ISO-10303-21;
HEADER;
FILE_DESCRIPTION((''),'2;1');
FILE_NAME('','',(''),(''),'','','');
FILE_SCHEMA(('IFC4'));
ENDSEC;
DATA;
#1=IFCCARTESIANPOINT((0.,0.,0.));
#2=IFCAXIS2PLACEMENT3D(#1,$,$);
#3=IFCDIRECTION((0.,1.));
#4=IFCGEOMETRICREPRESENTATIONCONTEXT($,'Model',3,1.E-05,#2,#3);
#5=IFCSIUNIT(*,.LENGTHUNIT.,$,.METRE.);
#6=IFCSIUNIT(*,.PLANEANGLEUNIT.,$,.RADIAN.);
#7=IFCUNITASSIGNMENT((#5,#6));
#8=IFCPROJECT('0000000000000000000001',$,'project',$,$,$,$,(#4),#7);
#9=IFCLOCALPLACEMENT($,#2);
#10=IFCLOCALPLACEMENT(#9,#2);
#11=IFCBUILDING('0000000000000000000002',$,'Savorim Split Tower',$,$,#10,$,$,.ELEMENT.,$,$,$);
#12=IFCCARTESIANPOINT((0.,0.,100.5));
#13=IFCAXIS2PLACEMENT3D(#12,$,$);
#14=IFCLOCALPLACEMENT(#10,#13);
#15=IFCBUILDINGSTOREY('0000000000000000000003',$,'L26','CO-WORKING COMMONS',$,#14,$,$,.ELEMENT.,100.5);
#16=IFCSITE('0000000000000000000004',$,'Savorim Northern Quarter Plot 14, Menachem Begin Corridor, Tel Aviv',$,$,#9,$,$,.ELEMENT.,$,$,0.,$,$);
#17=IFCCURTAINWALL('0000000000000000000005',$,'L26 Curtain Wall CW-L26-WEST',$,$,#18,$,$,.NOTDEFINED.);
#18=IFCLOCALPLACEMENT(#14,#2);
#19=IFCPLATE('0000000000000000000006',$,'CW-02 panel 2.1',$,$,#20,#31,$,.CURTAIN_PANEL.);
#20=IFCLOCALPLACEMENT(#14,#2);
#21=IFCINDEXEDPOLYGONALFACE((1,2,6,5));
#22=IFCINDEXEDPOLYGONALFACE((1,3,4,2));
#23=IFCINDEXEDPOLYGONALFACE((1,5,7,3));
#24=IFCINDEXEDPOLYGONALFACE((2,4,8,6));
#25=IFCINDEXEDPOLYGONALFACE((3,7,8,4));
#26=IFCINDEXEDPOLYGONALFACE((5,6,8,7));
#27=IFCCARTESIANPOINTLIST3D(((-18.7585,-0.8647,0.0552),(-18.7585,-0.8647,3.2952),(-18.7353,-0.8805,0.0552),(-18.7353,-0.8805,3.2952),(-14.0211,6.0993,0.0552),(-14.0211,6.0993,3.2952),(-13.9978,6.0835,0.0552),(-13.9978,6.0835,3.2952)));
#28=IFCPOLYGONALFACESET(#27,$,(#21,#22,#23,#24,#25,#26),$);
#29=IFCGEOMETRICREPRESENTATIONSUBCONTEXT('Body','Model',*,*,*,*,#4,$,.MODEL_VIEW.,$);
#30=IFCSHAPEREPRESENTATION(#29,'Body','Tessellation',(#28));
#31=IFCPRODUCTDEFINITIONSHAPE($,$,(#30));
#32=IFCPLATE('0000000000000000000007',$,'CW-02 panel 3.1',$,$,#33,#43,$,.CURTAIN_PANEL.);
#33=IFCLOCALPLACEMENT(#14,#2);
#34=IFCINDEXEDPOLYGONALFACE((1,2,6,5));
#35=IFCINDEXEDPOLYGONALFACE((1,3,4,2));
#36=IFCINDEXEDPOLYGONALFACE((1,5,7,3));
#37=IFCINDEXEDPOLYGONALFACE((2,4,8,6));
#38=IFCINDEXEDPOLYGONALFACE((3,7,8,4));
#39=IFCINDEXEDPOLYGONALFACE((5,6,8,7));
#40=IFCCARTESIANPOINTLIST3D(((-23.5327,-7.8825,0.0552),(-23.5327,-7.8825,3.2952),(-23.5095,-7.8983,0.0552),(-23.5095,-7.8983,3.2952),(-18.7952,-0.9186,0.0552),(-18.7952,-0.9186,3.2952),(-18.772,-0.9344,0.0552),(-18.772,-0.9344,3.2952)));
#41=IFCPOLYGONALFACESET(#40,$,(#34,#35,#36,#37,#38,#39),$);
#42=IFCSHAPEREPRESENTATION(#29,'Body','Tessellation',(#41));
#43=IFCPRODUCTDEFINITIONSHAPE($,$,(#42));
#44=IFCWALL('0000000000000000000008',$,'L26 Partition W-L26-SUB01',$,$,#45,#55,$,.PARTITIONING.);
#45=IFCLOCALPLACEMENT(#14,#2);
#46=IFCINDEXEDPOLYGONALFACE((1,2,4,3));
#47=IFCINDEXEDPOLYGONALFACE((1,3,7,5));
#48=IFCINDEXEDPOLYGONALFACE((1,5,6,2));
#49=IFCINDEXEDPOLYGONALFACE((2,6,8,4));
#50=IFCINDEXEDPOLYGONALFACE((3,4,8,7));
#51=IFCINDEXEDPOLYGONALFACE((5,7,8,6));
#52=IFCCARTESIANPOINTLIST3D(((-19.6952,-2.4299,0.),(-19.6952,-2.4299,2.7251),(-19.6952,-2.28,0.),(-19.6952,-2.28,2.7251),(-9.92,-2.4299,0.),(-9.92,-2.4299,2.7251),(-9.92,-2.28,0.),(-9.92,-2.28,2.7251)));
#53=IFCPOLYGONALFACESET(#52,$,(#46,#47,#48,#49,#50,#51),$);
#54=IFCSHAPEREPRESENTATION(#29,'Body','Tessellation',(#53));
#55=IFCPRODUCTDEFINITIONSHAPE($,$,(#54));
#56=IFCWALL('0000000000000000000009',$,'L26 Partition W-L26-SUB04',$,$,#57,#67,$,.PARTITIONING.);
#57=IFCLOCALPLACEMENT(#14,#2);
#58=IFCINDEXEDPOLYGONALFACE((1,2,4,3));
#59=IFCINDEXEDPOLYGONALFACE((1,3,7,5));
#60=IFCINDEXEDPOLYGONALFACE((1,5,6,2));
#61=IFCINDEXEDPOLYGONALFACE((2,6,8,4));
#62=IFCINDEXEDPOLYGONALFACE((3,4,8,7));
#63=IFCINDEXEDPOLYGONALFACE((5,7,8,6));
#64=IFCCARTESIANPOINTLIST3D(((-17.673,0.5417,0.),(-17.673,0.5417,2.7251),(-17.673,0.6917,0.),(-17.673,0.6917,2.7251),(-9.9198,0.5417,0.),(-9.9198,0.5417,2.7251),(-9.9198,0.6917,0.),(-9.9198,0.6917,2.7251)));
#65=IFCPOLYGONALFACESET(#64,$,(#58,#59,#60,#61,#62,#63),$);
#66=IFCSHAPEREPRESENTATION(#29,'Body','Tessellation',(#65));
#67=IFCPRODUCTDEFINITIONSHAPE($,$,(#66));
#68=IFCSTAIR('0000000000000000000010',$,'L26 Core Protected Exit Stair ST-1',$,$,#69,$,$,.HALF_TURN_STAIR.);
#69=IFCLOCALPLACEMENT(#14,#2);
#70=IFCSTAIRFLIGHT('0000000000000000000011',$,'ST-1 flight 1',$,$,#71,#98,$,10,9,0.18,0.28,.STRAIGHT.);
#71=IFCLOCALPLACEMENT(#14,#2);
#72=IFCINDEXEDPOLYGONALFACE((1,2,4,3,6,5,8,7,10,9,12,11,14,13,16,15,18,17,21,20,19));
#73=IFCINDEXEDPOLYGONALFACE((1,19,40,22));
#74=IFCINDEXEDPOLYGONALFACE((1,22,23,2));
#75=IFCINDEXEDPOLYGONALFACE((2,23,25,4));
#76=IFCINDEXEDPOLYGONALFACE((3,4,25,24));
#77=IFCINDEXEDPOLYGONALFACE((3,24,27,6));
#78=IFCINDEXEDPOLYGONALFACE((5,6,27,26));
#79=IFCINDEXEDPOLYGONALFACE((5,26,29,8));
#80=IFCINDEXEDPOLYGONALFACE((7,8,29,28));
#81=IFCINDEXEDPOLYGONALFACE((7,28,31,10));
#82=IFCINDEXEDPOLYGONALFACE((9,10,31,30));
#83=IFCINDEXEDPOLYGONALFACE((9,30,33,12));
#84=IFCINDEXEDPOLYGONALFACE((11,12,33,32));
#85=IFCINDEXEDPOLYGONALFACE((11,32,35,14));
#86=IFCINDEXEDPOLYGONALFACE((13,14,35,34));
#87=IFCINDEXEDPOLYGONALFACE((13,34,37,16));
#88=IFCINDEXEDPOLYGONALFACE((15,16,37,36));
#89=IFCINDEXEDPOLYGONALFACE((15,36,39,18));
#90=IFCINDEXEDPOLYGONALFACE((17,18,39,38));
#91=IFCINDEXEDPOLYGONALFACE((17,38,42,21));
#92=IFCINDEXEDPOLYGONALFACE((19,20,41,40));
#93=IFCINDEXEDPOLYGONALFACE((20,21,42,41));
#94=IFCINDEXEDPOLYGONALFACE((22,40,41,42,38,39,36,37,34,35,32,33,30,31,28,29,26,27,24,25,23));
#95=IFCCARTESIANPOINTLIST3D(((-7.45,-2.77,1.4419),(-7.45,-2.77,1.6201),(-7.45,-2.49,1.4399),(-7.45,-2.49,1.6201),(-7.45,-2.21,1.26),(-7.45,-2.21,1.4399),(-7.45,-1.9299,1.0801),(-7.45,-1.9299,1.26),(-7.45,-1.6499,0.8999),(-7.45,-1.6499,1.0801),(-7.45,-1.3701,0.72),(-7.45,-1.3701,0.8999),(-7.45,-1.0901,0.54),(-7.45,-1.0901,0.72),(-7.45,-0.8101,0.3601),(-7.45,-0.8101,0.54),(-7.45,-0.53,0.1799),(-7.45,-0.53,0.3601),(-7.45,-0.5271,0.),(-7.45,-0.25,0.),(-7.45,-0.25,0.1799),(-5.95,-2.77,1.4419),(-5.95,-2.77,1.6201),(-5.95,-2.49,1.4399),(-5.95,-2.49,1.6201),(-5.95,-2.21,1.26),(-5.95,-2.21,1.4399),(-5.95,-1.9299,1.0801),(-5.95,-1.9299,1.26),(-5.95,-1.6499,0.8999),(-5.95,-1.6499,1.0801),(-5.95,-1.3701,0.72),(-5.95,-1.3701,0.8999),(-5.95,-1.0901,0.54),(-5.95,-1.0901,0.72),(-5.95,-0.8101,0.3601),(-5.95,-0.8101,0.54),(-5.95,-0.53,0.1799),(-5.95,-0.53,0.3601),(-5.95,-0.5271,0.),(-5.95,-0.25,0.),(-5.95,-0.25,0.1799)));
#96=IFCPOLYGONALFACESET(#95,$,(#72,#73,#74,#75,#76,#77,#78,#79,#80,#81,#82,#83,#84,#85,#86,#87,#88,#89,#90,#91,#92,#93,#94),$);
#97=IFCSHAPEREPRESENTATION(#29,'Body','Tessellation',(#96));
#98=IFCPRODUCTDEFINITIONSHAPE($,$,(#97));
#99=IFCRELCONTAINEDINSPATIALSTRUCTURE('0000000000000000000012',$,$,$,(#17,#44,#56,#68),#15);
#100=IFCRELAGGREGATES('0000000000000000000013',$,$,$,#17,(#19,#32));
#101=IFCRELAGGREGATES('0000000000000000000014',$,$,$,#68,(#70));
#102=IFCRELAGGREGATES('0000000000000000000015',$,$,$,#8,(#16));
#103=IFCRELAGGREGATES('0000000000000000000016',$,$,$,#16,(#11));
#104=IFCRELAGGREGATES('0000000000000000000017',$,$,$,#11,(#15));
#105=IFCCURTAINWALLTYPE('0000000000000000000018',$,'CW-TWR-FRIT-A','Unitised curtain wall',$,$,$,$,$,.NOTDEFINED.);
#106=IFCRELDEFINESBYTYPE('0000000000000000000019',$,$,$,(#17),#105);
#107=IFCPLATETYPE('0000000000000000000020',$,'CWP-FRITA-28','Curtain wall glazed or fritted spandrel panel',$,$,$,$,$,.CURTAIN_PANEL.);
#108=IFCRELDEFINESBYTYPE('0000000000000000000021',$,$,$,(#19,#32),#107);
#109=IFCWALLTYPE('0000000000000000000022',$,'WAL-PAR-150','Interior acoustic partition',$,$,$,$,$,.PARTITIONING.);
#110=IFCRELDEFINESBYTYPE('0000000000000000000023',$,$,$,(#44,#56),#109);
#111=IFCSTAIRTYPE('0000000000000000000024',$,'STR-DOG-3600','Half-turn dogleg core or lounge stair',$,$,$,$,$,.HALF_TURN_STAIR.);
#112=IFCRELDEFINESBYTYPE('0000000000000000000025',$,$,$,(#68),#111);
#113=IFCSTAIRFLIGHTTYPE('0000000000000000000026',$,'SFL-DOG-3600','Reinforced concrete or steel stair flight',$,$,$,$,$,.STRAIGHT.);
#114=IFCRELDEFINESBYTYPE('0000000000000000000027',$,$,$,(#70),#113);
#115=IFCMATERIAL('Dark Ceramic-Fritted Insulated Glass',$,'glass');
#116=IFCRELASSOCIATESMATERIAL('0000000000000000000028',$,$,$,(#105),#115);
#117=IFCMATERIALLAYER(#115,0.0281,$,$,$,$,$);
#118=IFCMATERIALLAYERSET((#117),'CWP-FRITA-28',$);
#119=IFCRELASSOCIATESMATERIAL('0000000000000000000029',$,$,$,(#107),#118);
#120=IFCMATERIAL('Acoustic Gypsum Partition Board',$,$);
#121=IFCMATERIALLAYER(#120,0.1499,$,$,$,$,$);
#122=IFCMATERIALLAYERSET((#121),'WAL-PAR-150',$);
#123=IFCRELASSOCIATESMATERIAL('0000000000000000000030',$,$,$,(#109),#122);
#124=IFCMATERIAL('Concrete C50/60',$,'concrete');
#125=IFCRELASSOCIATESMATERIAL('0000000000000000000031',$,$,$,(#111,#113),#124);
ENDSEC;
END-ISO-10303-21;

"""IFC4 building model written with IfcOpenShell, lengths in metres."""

from ifc_helpers import new_model, si_unit, direction, frame, frame_2d, origin, origin_2d, place, context, subcontext, project, spatial, polyline, rectangle, outline, extrude, material, layer, layer_set, type_object, element, aggregate, save


model = new_model("IFC4")

# Units and contexts
model_context = context("Model", 3, precision=1e-05, world=origin(), true_north=direction((0.0, 1.0)))
body_context = subcontext(model_context, "Body", "Model", "MODEL_VIEW")
ifc_project = project(units=[si_unit("LENGTHUNIT", "METRE"), si_unit("PLANEANGLEUNIT", "RADIAN")], contexts=[model_context])

# Site, building, storey
site_placement = place(None, origin())
site = spatial("IfcSite", under=ifc_project, at=site_placement, Name="Savorim Northern Quarter Plot 14, Menachem Begin Corridor, Tel Aviv", CompositionType="ELEMENT", RefElevation=0.0)
building_placement = place(site_placement, origin())
building = spatial("IfcBuilding", under=site, at=building_placement, Name="Savorim Split Tower", CompositionType="ELEMENT")
storey_placement = place(building_placement, frame((0.0, 0.0, 100.5)))
storey = spatial("IfcBuildingStorey", under=building, at=storey_placement, Name="L26", Description="CO-WORKING COMMONS", CompositionType="ELEMENT", Elevation=100.5)

# Curtain wall, plates
ifc_material_1 = material(Name="Dark Ceramic-Fritted Insulated Glass", Category="glass")
curtain_wall_type = type_object("IfcCurtainWallType", Name="CW-TWR-FRIT-A", Description="Unitised curtain wall", PredefinedType="NOTDEFINED", material=ifc_material_1)
curtain_wall_placement = place(storey_placement, origin())
curtain_wall = element("IfcCurtainWall", 1, at=curtain_wall_placement, inside=storey, type_object=curtain_wall_type, Name="L26 Curtain Wall CW-L26-WEST", PredefinedType="NOTDEFINED")
ifc_layer_1 = layer(ifc_material_1, 0.0281)
ifc_layer_set_1 = layer_set([ifc_layer_1], Name="CWP-FRITA-28")
plate_type = type_object("IfcPlateType", Name="CWP-FRITA-28", Description="Curtain wall glazed or fritted spandrel panel", PredefinedType="CURTAIN_PANEL", material=ifc_layer_set_1)
plate_1_placement = place(storey_placement, frame((-16.3782, 2.6094, 0.0552), z_axis=(0.0, 0.0, 1.0), x_axis=(-0.562468, -0.826819, 0.0)))
plate_1 = element("IfcPlate", 2, at=plate_1_placement, type_object=plate_type, Name="CW-02 panel 2.1", PredefinedType="CURTAIN_PANEL", context=body_context, shape_type="SweptSolid", body=[
    extrude(rectangle(XDim=8.4226, YDim=0.0281, at=origin_2d()), origin(), (0.0, 0.0, 1.0), 3.24),
])
plate_2_placement = place(storey_placement, frame((-21.1523, -4.4084, 0.0552), z_axis=(0.0, 0.0, 1.0), x_axis=(-0.562468, -0.826819, 0.0)))
plate_2 = element("IfcPlate", 3, at=plate_2_placement, type_object=plate_type, Name="CW-02 panel 3.1", PredefinedType="CURTAIN_PANEL", context=body_context, shape_type="SweptSolid", body=[
    extrude(rectangle(XDim=8.4226, YDim=0.0281, at=origin_2d()), origin(), (0.0, 0.0, 1.0), 3.24),
])
aggregate(curtain_wall, [plate_1, plate_2])

# Shared definitions
ifc_material_2 = material(Name="Concrete C50/60", Category="concrete")

# Walls
ifc_material_3 = material(Name="Acoustic Gypsum Partition Board")
ifc_layer_2 = layer(ifc_material_3, 0.1499)
ifc_layer_set_2 = layer_set([ifc_layer_2], Name="WAL-PAR-150")
wall_type_1 = type_object("IfcWallType", Name="WAL-PAR-150", Description="Interior acoustic partition", PredefinedType="PARTITIONING", material=ifc_layer_set_2)
wall_1_placement = place(storey_placement, frame((-9.9199, -2.355, 0.0), z_axis=(0.0, 0.0, 1.0), x_axis=(-1.0, 0.0, 0.0)))
element("IfcWall", 4, at=wall_1_placement, inside=storey, type_object=wall_type_1, Name="L26 Partition W-L26-SUB01", PredefinedType="PARTITIONING", context=body_context, shape_type="SweptSolid", body=[
    extrude(rectangle(XDim=9.7751, YDim=0.1499, at=frame_2d((4.8877, 0.0))), origin(), (0.0, 0.0, 1.0), 2.7251),
])
wall_2_placement = place(storey_placement, frame((-9.9199, 0.6167, 0.0), z_axis=(0.0, 0.0, 1.0), x_axis=(-1.0, 0.0, 0.0)))
element("IfcWall", 5, at=wall_2_placement, inside=storey, type_object=wall_type_1, Name="L26 Partition W-L26-SUB04", PredefinedType="PARTITIONING", context=body_context, shape_type="SweptSolid", body=[
    extrude(rectangle(XDim=7.7532, YDim=0.1499, at=frame_2d((3.8765, 0.0))), origin(), (0.0, 0.0, 1.0), 2.7251),
])

# Stair, stair flight
stair_type = type_object("IfcStairType", Name="STR-DOG-3600", Description="Half-turn dogleg core or lounge stair", PredefinedType="HALF_TURN_STAIR", material=ifc_material_2)
stair_placement = place(storey_placement, origin())
stair = element("IfcStair", 6, at=stair_placement, inside=storey, type_object=stair_type, Name="L26 Core Protected Exit Stair ST-1", PredefinedType="HALF_TURN_STAIR")
stair_flight_type = type_object("IfcStairFlightType", Name="SFL-DOG-3600", Description="Reinforced concrete or steel stair flight", PredefinedType="STRAIGHT", material=ifc_material_2)
stair_flight_placement = place(storey_placement, frame((-6.7, -0.25, 0.0), z_axis=(0.0, 0.0, 1.0), x_axis=(0.0, -1.0, 0.0)))
stair_flight = element("IfcStairFlight", 7, at=stair_flight_placement, type_object=stair_flight_type, Name="ST-1 flight 1", NumberOfRisers=10, NumberOfTreads=9, PredefinedType="STRAIGHT", RiserHeight=0.18, TreadLength=0.28, context=body_context, shape_type="SweptSolid", body=[
    extrude(outline(polyline([(0.0, 0.0), (0.0, 0.1799), (0.28, 0.1799), (0.28, 0.3601), (0.5601, 0.3601), (0.5601, 0.54), (0.8401, 0.54), (0.8401, 0.72), (1.1201, 0.72), (1.1201, 0.8999), (1.3999, 0.8999), (1.3999, 1.0801), (1.6799, 1.0801), (1.6799, 1.26), (1.96, 1.26), (1.96, 1.4399), (2.24, 1.4399), (2.24, 1.6201), (2.52, 1.6201), (2.52, 1.8), (2.52, 1.4419), (0.2771, 0.0), (0.0, 0.0)])), frame((0.0, 0.75, 0.0), z_axis=(0.0, -1.0, 0.0), x_axis=(1.0, 0.0, 0.0)), (0.0, 0.0, 1.0), 1.5),
])
aggregate(stair, [stair_flight])

save(model, "model.ifc")
